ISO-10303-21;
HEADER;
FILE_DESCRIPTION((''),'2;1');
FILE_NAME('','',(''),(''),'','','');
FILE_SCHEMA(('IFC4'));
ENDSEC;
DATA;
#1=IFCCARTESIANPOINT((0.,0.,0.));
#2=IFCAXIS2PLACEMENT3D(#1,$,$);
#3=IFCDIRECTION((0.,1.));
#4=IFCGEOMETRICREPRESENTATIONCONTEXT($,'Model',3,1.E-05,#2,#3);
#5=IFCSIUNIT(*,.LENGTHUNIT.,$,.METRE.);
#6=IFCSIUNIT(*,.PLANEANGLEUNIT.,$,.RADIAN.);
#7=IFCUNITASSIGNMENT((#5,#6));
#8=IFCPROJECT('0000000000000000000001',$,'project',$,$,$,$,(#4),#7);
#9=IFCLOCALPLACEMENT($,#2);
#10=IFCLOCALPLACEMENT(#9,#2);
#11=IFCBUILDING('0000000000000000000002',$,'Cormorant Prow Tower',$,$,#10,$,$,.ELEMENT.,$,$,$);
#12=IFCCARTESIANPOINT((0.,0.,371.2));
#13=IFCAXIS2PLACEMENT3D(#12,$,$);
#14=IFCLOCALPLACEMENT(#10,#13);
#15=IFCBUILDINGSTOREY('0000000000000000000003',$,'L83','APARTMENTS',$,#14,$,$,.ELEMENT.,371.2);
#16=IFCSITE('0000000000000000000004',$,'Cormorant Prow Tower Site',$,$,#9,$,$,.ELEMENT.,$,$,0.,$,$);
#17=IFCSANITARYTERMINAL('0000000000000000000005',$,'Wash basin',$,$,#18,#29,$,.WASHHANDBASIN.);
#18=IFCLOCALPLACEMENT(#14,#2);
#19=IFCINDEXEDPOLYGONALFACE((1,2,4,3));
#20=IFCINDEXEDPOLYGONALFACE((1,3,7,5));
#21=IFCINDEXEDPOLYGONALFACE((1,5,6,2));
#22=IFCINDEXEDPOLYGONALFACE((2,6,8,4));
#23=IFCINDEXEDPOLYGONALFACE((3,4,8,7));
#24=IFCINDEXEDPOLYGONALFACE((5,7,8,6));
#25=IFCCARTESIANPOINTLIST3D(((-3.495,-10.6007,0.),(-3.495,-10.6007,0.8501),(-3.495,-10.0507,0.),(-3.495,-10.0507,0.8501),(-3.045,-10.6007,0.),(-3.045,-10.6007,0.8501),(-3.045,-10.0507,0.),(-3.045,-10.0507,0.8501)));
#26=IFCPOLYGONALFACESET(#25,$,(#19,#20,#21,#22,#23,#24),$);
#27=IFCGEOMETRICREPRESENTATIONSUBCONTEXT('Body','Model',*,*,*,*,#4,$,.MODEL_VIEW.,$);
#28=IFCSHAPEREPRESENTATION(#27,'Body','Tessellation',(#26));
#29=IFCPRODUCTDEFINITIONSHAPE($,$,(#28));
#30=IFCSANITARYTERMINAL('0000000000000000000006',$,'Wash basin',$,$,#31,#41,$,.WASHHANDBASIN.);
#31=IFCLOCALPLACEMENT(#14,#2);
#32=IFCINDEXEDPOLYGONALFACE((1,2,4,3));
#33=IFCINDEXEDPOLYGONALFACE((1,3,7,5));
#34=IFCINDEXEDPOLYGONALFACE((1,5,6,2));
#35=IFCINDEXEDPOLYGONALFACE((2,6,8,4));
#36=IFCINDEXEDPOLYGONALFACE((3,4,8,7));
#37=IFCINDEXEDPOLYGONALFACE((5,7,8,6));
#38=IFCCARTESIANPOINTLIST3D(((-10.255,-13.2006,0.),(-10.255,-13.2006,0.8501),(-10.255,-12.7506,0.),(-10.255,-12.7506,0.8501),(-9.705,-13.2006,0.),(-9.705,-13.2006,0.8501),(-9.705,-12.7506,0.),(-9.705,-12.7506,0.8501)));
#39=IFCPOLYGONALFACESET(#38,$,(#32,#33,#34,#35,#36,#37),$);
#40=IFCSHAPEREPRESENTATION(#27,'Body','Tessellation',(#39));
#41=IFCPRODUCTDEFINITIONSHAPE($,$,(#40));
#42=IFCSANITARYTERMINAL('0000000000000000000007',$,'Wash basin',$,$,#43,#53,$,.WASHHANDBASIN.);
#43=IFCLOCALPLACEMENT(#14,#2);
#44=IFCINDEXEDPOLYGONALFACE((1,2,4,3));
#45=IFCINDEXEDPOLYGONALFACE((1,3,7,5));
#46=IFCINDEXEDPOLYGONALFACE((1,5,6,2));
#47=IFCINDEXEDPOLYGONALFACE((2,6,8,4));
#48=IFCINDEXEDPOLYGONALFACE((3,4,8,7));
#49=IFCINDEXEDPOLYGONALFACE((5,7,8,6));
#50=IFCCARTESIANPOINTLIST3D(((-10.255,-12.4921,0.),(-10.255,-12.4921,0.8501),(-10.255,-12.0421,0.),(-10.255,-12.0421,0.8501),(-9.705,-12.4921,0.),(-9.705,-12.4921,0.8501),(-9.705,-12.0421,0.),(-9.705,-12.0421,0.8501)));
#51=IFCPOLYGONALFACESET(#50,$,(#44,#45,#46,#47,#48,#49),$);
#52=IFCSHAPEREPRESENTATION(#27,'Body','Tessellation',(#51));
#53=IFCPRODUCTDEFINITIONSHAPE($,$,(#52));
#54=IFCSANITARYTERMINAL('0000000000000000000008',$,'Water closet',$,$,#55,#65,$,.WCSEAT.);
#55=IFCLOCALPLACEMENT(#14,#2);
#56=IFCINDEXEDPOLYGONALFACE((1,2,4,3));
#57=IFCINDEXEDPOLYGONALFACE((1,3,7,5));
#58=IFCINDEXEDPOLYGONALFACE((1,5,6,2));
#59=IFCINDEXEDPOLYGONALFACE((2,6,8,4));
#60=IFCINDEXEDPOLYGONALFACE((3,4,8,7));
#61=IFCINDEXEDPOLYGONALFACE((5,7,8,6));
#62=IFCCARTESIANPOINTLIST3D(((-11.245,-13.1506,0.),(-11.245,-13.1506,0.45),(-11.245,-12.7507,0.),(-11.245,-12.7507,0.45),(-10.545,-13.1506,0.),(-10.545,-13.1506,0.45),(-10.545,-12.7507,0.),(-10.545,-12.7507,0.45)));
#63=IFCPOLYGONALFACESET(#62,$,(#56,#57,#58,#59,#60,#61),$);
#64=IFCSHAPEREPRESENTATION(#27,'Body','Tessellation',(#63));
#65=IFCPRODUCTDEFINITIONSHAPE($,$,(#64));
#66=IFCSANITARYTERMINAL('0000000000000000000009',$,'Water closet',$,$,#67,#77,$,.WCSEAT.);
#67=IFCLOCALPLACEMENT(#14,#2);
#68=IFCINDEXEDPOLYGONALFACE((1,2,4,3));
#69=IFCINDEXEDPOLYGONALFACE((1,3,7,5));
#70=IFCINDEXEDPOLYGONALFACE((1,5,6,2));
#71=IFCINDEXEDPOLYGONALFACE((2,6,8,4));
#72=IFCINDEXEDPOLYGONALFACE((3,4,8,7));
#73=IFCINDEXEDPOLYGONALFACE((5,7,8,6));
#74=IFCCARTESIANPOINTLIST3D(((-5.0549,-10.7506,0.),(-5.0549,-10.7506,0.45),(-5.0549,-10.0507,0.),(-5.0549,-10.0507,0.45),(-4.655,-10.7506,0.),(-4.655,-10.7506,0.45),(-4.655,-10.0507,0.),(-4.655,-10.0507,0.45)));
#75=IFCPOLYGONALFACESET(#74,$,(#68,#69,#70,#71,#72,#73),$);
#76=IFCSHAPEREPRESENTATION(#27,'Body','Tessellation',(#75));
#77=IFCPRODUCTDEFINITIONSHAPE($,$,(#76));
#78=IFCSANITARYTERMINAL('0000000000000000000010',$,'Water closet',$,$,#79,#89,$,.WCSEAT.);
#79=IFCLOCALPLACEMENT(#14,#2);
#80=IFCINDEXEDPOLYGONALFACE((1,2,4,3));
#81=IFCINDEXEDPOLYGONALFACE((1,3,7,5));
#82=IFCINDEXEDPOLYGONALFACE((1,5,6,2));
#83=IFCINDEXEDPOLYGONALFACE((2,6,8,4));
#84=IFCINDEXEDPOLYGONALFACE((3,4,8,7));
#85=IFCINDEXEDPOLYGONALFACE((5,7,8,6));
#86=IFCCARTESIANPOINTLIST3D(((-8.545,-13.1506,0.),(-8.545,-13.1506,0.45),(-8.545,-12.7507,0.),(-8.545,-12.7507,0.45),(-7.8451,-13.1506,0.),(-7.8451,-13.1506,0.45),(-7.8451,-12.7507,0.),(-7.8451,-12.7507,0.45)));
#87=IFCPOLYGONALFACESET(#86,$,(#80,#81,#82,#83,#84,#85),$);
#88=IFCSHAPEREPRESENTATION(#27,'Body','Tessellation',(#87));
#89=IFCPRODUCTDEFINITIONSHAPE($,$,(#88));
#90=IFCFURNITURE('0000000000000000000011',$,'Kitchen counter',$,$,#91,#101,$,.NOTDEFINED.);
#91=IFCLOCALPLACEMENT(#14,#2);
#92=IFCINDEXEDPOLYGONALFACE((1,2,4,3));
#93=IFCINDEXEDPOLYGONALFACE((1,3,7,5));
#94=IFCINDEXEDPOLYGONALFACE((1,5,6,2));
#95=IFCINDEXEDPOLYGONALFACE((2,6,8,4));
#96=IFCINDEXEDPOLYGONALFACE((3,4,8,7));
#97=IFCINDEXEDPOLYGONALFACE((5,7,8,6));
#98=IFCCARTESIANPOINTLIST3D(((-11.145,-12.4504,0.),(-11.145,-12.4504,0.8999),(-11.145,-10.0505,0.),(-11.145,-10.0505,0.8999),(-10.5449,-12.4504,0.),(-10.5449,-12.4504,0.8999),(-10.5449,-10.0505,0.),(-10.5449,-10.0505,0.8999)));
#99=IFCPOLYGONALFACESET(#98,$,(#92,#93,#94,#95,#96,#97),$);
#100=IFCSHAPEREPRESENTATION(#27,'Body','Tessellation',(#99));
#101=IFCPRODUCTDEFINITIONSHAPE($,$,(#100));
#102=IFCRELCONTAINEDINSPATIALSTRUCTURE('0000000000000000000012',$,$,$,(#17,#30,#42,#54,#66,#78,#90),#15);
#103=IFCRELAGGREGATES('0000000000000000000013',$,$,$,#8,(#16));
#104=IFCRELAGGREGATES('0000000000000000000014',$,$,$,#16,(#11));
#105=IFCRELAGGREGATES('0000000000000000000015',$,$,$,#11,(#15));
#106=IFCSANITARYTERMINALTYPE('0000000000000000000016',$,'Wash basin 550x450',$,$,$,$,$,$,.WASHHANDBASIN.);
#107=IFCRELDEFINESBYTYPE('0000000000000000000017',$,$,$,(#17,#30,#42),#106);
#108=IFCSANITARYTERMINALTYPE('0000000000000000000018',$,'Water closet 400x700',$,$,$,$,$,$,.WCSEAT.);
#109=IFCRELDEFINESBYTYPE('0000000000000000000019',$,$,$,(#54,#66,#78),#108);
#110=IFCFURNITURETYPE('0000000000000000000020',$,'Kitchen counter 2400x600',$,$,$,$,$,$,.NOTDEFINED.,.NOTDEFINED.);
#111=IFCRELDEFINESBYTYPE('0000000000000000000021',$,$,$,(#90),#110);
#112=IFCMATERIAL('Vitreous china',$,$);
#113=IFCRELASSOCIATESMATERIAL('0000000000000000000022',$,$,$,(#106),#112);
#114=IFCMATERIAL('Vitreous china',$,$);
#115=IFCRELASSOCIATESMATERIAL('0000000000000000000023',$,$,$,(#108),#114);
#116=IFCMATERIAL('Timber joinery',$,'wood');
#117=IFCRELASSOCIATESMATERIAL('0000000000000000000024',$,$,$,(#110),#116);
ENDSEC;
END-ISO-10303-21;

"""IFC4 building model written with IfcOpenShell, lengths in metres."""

from ifc_helpers import new_model, si_unit, direction, frame, origin, origin_2d, place, context, subcontext, project, spatial, rectangle, extrude, material, type_object, element, save


model = new_model("IFC4")

# Units and contexts
model_context = context("Model", 3, precision=1e-05, world=origin(), true_north=direction((0.0, 1.0)))
body_context = subcontext(model_context, "Body", "Model", "MODEL_VIEW")
ifc_project = project(units=[si_unit("LENGTHUNIT", "METRE"), si_unit("PLANEANGLEUNIT", "RADIAN")], contexts=[model_context])

# Site, building, storey
site_placement = place(None, origin())
site = spatial("IfcSite", under=ifc_project, at=site_placement, Name="Cormorant Prow Tower Site", CompositionType="ELEMENT", RefElevation=0.0)
building_placement = place(site_placement, origin())
building = spatial("IfcBuilding", under=site, at=building_placement, Name="Cormorant Prow Tower", CompositionType="ELEMENT")
storey_placement = place(building_placement, frame((0.0, 0.0, 371.2)))
storey = spatial("IfcBuildingStorey", under=building, at=storey_placement, Name="L83", Description="APARTMENTS", CompositionType="ELEMENT", Elevation=371.2)

# Sanitary terminals
ifc_material_1 = material(Name="Vitreous china")
sanitary_terminal_type_1 = type_object("IfcSanitaryTerminalType", Name="Wash basin 550x450", PredefinedType="WASHHANDBASIN", material=ifc_material_1)
for number, where, z_axis, x_axis, name in (
    (1, (-3.27, -10.3257, 0.0), (0.0, 0.0, 1.0), (0.0, -1.0, 0.0), "Wash basin"),
    (2, (-9.98, -12.9756, 0.0), (0.0, 0.0, 1.0), (1.0, 0.0, 0.0), "Wash basin"),
    (3, (-9.98, -12.2671, 0.0), (0.0, 0.0, 1.0), (1.0, 0.0, 0.0), "Wash basin"),
):
    element("IfcSanitaryTerminal", number, at=place(storey_placement, frame(where, z_axis=z_axis, x_axis=x_axis)), inside=storey, type_object=sanitary_terminal_type_1, Name=name, PredefinedType="WASHHANDBASIN", context=body_context, shape_type="SweptSolid", body=[
        extrude(rectangle(XDim=0.55, YDim=0.45, at=origin_2d()), origin(), (0.0, 0.0, 1.0), 0.8501),
    ])
ifc_material_2 = material(Name="Vitreous china")
sanitary_terminal_type_2 = type_object("IfcSanitaryTerminalType", Name="Water closet 400x700", PredefinedType="WCSEAT", material=ifc_material_2)
for number, where, z_axis, x_axis, name in (
    (4, (-10.895, -12.9507, 0.0), (0.0, 0.0, 1.0), (0.0, -1.0, 0.0), "Water closet"),
    (5, (-4.855, -10.4006, 0.0), (0.0, 0.0, 1.0), (1.0, 0.0, 0.0), "Water closet"),
    (6, (-8.1951, -12.9507, 0.0), (0.0, 0.0, 1.0), (0.0, -1.0, 0.0), "Water closet"),
):
    element("IfcSanitaryTerminal", number, at=place(storey_placement, frame(where, z_axis=z_axis, x_axis=x_axis)), inside=storey, type_object=sanitary_terminal_type_2, Name=name, PredefinedType="WCSEAT", context=body_context, shape_type="SweptSolid", body=[
        extrude(rectangle(XDim=0.3999, YDim=0.7, at=origin_2d()), origin(), (0.0, 0.0, 1.0), 0.45),
    ])

# Furniture
ifc_material_3 = material(Name="Timber joinery", Category="wood")
furniture_type = type_object("IfcFurnitureType", Name="Kitchen counter 2400x600", AssemblyPlace="NOTDEFINED", PredefinedType="NOTDEFINED", material=ifc_material_3)
furniture_placement = place(storey_placement, frame((-10.845, -11.2505, 0.0), z_axis=(0.0, 0.0, 1.0), x_axis=(0.0, -1.0, 0.0)))
element("IfcFurniture", 7, at=furniture_placement, inside=storey, type_object=furniture_type, Name="Kitchen counter", PredefinedType="NOTDEFINED", context=body_context, shape_type="SweptSolid", body=[
    extrude(rectangle(XDim=2.3999, YDim=0.6001, at=origin_2d()), origin(), (0.0, 0.0, 1.0), 0.8999),
])

save(model, "model.ifc")
